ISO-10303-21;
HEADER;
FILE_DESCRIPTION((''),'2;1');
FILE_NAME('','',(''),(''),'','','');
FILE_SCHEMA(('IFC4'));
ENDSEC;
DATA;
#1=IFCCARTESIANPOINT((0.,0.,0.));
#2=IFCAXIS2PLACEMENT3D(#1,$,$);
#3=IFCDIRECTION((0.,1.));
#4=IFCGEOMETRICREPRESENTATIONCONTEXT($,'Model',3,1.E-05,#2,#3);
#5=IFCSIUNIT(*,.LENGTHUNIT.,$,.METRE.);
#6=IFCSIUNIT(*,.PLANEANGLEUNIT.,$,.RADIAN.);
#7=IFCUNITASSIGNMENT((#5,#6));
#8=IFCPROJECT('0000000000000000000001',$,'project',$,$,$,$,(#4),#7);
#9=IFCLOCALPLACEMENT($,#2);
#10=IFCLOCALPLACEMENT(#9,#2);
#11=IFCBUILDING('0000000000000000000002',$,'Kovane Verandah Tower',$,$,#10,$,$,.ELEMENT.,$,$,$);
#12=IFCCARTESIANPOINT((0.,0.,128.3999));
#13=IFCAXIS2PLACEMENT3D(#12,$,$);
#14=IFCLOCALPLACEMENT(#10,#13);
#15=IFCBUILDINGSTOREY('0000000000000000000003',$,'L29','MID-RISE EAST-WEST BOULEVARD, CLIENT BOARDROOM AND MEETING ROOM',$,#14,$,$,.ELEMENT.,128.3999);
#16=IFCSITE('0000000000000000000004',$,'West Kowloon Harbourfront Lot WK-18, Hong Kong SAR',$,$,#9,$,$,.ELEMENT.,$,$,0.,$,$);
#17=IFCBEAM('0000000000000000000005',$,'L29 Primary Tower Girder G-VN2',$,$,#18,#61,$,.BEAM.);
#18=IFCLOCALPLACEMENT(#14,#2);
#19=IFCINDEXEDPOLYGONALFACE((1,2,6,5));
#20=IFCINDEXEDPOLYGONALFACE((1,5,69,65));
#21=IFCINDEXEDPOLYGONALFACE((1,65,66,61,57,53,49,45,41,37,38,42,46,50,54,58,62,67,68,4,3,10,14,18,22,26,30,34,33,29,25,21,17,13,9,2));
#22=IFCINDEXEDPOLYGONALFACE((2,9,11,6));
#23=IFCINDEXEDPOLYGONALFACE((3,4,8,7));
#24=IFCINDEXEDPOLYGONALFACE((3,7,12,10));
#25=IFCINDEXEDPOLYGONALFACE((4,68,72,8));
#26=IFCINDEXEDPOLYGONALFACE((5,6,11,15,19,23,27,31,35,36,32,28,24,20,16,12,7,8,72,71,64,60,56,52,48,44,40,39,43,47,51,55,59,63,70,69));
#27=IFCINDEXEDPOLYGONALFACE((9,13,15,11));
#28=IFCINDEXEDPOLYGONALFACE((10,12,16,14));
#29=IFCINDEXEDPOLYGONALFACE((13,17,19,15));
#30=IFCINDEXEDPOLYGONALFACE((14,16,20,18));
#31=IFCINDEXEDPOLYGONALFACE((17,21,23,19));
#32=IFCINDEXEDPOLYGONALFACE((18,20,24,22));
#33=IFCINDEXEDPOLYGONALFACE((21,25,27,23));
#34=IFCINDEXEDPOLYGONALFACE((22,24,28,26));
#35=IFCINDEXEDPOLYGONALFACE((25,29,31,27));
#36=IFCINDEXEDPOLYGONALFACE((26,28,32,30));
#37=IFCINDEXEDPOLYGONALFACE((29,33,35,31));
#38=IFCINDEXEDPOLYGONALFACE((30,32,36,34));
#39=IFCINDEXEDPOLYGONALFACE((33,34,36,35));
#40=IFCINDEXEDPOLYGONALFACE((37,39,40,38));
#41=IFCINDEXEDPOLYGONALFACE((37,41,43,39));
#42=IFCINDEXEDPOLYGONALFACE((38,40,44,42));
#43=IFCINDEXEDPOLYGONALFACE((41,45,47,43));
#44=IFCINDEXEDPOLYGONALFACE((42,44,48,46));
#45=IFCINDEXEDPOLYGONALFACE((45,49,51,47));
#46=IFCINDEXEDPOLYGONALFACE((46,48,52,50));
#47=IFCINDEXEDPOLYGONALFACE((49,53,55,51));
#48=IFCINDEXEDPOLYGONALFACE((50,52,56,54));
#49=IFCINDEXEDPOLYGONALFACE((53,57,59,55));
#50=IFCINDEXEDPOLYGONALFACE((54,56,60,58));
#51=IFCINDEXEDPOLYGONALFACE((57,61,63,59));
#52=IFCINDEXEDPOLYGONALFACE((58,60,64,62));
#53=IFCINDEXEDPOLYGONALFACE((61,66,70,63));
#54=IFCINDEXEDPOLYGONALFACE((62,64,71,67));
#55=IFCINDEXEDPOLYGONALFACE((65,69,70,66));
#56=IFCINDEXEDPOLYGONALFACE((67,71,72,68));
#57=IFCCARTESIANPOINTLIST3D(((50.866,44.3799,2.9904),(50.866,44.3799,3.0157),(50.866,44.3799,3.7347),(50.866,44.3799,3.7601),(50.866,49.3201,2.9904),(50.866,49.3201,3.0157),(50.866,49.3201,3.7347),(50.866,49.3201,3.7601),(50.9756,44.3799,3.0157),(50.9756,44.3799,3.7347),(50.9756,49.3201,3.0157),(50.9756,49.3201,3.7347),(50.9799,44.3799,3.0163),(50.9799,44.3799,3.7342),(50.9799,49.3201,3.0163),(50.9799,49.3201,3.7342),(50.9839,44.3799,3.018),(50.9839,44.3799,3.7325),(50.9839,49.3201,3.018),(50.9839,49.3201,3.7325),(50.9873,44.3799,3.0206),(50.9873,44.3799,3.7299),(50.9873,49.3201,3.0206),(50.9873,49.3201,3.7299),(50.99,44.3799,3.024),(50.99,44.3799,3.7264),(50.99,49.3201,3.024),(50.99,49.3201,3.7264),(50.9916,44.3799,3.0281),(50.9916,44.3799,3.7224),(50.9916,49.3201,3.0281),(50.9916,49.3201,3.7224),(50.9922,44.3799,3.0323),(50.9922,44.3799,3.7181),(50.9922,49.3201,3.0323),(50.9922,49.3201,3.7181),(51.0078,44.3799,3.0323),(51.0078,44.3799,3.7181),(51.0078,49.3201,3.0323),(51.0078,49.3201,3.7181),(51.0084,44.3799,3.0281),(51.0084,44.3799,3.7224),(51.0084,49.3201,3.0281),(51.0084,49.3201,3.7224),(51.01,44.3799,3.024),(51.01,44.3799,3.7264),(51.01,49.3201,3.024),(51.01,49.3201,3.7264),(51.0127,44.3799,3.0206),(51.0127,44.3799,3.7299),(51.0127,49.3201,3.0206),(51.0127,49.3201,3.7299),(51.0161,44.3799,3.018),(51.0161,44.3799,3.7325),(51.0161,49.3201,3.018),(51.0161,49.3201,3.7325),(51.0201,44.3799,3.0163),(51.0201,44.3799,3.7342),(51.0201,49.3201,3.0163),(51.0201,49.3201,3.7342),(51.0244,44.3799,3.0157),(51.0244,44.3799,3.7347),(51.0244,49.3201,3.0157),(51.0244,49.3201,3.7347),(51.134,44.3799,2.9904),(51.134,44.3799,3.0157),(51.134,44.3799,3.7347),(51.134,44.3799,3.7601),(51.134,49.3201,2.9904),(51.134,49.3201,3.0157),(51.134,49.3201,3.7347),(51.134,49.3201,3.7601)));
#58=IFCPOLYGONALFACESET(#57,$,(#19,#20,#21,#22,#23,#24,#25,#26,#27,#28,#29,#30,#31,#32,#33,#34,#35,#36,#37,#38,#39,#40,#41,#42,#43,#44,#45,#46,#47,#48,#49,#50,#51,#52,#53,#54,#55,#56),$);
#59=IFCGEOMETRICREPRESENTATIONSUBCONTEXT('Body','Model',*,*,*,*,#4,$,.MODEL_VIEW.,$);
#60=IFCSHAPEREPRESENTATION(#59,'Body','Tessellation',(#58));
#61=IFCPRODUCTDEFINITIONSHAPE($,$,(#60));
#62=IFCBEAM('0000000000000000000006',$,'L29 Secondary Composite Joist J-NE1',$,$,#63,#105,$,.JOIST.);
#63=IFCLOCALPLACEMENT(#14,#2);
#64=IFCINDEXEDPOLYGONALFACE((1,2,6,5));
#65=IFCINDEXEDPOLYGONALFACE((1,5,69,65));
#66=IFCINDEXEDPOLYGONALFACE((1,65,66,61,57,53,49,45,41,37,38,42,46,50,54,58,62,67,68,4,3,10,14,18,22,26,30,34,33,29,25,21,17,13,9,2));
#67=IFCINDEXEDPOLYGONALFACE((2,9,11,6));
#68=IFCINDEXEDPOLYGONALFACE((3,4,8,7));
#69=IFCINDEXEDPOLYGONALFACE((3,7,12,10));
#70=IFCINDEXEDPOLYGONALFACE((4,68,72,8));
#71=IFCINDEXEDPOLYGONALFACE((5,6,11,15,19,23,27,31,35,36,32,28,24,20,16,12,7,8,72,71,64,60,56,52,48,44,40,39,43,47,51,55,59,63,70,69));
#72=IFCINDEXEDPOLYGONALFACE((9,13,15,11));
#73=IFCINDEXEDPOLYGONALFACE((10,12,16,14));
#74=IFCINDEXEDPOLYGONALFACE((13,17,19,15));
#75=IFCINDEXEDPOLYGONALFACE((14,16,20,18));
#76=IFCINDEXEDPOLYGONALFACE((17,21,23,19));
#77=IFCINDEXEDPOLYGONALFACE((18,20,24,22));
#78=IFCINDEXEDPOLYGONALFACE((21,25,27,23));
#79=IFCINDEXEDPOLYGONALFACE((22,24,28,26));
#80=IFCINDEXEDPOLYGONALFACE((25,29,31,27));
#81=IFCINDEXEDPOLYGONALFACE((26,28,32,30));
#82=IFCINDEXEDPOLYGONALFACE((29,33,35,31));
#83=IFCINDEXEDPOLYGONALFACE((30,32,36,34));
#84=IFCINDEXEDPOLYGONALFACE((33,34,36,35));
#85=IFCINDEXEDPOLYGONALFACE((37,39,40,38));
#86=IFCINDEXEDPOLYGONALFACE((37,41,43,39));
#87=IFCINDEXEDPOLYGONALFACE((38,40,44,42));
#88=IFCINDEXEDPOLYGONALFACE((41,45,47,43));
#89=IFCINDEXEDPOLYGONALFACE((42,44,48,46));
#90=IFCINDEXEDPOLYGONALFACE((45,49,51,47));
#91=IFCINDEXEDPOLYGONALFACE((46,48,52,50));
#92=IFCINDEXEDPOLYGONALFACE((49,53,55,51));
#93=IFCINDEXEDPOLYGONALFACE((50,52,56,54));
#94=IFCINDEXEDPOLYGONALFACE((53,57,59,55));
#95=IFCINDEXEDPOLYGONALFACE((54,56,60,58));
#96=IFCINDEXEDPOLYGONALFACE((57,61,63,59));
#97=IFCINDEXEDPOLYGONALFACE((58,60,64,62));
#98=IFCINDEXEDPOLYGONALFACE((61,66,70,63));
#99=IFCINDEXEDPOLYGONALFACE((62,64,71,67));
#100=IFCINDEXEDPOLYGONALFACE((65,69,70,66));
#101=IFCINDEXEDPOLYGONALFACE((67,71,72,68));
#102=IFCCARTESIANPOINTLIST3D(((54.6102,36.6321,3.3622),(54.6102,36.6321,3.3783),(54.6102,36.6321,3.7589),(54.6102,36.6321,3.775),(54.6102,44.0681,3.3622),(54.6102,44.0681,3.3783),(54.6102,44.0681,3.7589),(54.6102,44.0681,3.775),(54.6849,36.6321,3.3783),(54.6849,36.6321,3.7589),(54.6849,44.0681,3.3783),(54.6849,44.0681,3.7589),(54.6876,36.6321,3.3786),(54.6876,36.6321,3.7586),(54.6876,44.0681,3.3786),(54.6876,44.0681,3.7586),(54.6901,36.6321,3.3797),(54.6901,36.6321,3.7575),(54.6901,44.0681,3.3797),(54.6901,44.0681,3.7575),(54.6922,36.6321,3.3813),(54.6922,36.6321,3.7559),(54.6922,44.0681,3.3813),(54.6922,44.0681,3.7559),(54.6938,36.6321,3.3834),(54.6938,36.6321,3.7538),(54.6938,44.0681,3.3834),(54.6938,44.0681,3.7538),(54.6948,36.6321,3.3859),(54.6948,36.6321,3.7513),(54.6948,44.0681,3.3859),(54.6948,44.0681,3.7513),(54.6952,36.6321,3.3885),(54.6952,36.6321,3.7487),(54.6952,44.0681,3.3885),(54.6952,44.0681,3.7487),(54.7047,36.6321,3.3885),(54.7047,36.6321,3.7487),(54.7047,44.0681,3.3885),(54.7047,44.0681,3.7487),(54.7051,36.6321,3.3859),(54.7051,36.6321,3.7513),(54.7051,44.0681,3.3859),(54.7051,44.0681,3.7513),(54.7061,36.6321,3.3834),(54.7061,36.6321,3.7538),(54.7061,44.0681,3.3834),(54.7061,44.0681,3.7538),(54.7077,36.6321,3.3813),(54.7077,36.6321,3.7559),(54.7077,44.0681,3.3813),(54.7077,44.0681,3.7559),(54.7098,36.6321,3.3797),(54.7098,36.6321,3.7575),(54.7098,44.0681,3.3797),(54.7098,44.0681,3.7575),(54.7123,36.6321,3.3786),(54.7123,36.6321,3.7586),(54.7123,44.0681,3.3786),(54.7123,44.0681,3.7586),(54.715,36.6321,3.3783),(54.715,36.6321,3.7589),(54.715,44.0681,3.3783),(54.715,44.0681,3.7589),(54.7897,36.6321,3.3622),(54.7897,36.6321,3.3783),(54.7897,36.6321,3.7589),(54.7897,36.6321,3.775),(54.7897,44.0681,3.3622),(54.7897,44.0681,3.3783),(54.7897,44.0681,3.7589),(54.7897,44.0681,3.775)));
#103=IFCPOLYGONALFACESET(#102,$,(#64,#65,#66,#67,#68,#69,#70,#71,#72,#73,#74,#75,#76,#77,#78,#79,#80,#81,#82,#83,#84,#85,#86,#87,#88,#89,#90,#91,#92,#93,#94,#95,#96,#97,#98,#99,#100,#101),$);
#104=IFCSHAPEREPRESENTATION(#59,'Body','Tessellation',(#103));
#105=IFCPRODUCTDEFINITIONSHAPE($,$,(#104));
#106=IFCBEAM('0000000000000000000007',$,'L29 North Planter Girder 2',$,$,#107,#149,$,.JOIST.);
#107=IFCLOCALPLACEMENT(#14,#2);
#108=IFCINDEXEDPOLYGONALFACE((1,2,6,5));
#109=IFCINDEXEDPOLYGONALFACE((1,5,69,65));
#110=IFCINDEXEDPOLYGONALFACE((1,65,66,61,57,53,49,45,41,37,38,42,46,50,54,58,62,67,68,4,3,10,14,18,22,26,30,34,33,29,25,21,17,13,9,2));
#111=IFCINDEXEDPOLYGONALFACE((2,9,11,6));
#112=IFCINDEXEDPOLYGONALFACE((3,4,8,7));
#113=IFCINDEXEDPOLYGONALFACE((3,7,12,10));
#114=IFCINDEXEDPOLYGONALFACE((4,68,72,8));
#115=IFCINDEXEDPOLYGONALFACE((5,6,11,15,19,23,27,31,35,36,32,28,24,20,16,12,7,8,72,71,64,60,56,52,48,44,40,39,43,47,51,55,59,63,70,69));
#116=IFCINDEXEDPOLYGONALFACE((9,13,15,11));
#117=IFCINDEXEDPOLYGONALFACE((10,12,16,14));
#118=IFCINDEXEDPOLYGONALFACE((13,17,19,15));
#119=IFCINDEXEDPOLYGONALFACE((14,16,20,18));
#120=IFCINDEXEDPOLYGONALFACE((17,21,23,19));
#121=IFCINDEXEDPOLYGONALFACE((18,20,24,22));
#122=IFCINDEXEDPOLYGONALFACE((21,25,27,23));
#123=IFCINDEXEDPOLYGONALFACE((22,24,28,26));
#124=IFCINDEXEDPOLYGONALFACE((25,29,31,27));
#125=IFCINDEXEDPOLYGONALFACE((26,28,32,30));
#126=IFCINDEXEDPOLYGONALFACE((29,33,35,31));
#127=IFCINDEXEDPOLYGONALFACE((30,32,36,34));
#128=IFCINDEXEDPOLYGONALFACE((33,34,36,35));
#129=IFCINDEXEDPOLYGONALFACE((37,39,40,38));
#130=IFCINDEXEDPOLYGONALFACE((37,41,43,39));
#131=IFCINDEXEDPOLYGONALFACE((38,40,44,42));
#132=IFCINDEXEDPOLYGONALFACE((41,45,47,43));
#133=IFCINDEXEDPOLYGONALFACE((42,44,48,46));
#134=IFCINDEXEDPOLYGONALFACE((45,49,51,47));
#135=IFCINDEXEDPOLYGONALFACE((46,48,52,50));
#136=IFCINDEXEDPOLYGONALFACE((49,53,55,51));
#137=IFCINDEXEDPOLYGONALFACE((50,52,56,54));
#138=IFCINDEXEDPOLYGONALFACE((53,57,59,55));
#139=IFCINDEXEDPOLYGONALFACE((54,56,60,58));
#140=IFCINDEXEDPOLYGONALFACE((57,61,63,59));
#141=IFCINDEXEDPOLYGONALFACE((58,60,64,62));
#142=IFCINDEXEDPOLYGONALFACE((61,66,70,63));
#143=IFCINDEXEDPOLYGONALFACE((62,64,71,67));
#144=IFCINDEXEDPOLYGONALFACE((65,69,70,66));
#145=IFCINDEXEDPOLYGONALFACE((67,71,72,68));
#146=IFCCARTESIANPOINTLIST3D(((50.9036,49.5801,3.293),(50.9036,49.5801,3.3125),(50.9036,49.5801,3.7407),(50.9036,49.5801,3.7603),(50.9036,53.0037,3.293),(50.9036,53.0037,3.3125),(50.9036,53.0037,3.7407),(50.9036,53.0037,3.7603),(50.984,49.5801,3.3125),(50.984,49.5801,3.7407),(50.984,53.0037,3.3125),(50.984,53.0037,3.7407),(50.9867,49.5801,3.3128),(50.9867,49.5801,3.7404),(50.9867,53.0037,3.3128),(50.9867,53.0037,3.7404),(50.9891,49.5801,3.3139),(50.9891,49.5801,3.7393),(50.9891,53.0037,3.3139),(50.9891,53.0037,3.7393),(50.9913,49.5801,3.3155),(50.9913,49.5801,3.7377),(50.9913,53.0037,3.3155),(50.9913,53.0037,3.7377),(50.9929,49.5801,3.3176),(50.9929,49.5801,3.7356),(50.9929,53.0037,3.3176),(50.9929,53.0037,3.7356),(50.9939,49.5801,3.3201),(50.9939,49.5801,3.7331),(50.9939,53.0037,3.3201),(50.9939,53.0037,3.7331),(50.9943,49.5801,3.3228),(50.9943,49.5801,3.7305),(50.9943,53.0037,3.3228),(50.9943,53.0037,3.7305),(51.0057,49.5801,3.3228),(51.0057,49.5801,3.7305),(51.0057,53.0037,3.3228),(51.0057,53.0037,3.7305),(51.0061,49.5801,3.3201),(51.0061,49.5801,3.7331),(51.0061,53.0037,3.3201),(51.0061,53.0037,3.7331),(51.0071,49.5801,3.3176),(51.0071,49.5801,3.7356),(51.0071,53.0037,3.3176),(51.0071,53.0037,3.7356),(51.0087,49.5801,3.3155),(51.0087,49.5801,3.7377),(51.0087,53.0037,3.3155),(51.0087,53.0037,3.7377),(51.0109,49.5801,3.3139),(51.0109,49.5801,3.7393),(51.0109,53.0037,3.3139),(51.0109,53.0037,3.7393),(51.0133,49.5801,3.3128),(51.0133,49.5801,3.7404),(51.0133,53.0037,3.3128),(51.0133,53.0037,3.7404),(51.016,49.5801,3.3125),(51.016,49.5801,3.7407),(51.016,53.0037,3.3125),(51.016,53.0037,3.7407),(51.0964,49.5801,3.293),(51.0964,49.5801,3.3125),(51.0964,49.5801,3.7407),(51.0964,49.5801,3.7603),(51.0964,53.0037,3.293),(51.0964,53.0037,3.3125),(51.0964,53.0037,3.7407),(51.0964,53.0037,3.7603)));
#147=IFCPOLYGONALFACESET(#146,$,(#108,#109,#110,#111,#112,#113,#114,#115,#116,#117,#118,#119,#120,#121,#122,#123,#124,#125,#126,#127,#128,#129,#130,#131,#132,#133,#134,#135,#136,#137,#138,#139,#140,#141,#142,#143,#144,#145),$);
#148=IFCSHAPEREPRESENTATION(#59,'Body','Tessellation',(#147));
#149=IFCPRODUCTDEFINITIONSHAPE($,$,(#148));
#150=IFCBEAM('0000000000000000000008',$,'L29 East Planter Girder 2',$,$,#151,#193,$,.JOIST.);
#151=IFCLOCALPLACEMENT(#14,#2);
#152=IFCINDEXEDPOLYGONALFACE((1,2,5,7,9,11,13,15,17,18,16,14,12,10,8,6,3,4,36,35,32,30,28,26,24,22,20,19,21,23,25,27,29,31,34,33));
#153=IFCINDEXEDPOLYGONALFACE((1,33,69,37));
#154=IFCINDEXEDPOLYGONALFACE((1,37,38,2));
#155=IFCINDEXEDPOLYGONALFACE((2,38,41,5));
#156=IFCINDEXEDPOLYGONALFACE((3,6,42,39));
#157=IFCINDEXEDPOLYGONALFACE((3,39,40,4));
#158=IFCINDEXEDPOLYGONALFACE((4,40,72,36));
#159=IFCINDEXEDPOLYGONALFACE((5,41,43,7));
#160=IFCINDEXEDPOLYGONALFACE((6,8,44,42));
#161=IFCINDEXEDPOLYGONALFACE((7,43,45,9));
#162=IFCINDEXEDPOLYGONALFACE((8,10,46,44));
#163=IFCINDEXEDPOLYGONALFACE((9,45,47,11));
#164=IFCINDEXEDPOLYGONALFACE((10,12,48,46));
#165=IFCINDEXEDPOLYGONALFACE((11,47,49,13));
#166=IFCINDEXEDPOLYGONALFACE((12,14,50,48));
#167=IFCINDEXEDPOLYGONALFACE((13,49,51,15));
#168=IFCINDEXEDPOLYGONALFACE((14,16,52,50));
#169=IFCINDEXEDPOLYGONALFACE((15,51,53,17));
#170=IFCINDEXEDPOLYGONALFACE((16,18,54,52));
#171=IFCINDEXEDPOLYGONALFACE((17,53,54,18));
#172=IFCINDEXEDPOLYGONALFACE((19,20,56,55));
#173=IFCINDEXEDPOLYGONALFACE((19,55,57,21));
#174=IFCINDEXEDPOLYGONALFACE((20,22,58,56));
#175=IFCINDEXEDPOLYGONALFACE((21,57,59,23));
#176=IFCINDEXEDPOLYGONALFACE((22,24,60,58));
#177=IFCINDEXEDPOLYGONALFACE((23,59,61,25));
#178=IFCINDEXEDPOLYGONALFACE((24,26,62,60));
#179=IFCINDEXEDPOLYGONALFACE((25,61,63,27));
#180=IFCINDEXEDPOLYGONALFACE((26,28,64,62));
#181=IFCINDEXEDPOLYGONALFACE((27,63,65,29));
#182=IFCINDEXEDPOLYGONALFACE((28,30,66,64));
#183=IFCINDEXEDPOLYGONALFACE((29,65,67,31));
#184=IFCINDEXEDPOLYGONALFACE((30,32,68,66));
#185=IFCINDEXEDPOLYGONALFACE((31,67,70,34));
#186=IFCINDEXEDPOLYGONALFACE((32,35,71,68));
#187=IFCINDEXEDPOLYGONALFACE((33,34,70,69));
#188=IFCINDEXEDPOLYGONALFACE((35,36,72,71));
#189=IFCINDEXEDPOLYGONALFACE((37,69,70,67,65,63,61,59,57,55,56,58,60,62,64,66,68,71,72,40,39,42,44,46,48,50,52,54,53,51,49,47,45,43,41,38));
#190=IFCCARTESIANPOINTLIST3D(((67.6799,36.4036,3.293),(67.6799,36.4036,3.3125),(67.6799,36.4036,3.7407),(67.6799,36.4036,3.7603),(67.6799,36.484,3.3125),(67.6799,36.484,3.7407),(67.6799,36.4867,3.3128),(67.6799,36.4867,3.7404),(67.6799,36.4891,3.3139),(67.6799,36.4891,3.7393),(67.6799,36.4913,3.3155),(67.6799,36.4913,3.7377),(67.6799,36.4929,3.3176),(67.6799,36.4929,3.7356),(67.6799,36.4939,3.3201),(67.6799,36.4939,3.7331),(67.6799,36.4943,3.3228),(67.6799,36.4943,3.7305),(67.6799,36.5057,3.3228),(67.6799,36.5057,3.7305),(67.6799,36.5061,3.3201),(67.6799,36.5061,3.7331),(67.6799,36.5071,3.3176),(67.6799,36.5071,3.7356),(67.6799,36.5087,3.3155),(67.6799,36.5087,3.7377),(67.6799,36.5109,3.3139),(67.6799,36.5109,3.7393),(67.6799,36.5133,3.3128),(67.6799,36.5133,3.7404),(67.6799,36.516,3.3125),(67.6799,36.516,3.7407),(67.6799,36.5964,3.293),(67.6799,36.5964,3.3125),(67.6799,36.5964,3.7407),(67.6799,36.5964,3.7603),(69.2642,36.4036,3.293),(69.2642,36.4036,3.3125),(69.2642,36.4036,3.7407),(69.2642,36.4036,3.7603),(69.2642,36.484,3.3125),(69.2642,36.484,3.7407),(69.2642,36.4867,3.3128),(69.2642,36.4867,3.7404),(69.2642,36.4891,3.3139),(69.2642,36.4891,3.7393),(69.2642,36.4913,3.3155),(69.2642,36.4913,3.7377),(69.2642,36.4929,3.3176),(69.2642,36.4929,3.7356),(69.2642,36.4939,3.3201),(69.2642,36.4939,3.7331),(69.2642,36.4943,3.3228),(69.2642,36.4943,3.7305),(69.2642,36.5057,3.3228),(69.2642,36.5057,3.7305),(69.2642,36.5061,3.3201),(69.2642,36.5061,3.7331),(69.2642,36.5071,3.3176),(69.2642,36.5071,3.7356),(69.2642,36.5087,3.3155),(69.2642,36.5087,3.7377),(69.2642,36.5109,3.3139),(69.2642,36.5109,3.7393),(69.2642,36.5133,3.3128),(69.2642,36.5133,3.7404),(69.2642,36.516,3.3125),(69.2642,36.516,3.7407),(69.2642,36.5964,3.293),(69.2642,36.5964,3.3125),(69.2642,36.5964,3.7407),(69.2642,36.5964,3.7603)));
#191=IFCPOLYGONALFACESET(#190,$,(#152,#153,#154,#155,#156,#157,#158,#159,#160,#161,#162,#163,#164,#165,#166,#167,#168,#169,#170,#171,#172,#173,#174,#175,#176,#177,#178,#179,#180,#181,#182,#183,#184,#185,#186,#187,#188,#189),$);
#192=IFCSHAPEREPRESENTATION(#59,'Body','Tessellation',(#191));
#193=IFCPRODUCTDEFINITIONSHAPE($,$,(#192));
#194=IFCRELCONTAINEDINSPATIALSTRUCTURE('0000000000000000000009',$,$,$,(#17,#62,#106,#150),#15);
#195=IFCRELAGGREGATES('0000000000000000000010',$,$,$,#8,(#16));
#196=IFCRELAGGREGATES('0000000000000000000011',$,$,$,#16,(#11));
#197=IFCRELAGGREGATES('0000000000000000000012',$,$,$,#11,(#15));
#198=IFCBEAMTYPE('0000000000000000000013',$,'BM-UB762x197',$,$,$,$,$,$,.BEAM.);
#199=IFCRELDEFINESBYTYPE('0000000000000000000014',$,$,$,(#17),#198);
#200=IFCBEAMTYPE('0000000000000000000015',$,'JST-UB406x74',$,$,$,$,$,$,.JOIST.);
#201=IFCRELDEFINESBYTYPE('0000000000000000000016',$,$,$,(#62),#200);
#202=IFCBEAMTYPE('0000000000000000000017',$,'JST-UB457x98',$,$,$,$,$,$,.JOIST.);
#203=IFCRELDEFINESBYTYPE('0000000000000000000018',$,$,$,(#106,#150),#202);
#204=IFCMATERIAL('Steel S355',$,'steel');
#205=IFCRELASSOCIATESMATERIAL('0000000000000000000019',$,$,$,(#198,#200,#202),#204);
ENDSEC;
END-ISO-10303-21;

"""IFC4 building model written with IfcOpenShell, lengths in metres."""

from ifc_helpers import new_model, si_unit, direction, frame, origin, origin_2d, place, context, subcontext, project, spatial, i_section, extrude, material, material_profile, profile_set, type_object, element, save


model = new_model("IFC4")

# Units and contexts
model_context = context("Model", 3, precision=1e-05, world=origin(), true_north=direction((0.0, 1.0)))
body_context = subcontext(model_context, "Body", "Model", "MODEL_VIEW")
ifc_project = project(units=[si_unit("LENGTHUNIT", "METRE"), si_unit("PLANEANGLEUNIT", "RADIAN")], contexts=[model_context])

# Site, building, storey
site_placement = place(None, origin())
site = spatial("IfcSite", under=ifc_project, at=site_placement, Name="West Kowloon Harbourfront Lot WK-18, Hong Kong SAR", CompositionType="ELEMENT", RefElevation=0.0)
building_placement = place(site_placement, origin())
building = spatial("IfcBuilding", under=site, at=building_placement, Name="Kovane Verandah Tower", CompositionType="ELEMENT")
storey_placement = place(building_placement, frame((0.0, 0.0, 128.3999)))
storey = spatial("IfcBuildingStorey", under=building, at=storey_placement, Name="L29", Description="MID-RISE EAST-WEST BOULEVARD, CLIENT BOARDROOM AND MEETING ROOM", CompositionType="ELEMENT", Elevation=128.3999)

# Beams
ifc_material_1 = material(Name="Steel S355", Category="steel")
ifc_material_profile_1 = material_profile(ifc_material_1, i_section(OverallWidth=0.2681, OverallDepth=0.7698, WebThickness=0.0156, FlangeThickness=0.0254, FilletRadius=0.0166, at=origin_2d()), Name="UB762x267x197")
ifc_profile_set_1 = profile_set([ifc_material_profile_1], Name="Steel S355")
beam_type_1 = type_object("IfcBeamType", Name="BM-UB762x197", PredefinedType="BEAM", material=ifc_profile_set_1)
beam_1_placement = place(storey_placement, frame((51.0, 44.3799, 3.3752), z_axis=(0.0, 1.0, 0.0), x_axis=(-1.0, 0.0, 0.0)))
element("IfcBeam", 1, at=beam_1_placement, inside=storey, type_object=beam_type_1, Name="L29 Primary Tower Girder G-VN2", PredefinedType="BEAM", context=body_context, shape_type="SweptSolid", body=[
    extrude(i_section(OverallWidth=0.2681, OverallDepth=0.7698, WebThickness=0.0156, FlangeThickness=0.0254, FilletRadius=0.0166, at=origin_2d()), origin(), (0.0, 0.0, 1.0), 4.9402),
])
ifc_material_profile_2 = material_profile(ifc_material_1, i_section(OverallWidth=0.1794, OverallDepth=0.4128, WebThickness=0.0095, FlangeThickness=0.0161, FilletRadius=0.0103, at=origin_2d()), Name="UB406x178x74")
ifc_profile_set_2 = profile_set([ifc_material_profile_2], Name="Steel S355")
beam_type_2 = type_object("IfcBeamType", Name="JST-UB406x74", PredefinedType="JOIST", material=ifc_profile_set_2)
beam_2_placement = place(storey_placement, frame((54.7, 36.6321, 3.5686), z_axis=(0.0, 1.0, 0.0), x_axis=(-1.0, 0.0, 0.0)))
element("IfcBeam", 2, at=beam_2_placement, inside=storey, type_object=beam_type_2, Name="L29 Secondary Composite Joist J-NE1", PredefinedType="JOIST", context=body_context, shape_type="SweptSolid", body=[
    extrude(i_section(OverallWidth=0.1794, OverallDepth=0.4128, WebThickness=0.0095, FlangeThickness=0.0161, FilletRadius=0.0103, at=origin_2d()), origin(), (0.0, 0.0, 1.0), 7.436),
])
ifc_material_profile_3 = material_profile(ifc_material_1, i_section(OverallWidth=0.1929, OverallDepth=0.4673, WebThickness=0.0115, FlangeThickness=0.0195, FilletRadius=0.0103, at=origin_2d()), Name="UB457x191x98")
ifc_profile_set_3 = profile_set([ifc_material_profile_3], Name="Steel S355")
beam_type_3 = type_object("IfcBeamType", Name="JST-UB457x98", PredefinedType="JOIST", material=ifc_profile_set_3)
beam_3_placement = place(storey_placement, frame((51.0, 49.5801, 3.5266), z_axis=(0.0, 1.0, 0.0), x_axis=(-1.0, 0.0, 0.0)))
element("IfcBeam", 3, at=beam_3_placement, inside=storey, type_object=beam_type_3, Name="L29 North Planter Girder 2", PredefinedType="JOIST", context=body_context, shape_type="SweptSolid", body=[
    extrude(i_section(OverallWidth=0.1929, OverallDepth=0.4673, WebThickness=0.0115, FlangeThickness=0.0195, FilletRadius=0.0103, at=origin_2d()), origin(), (0.0, 0.0, 1.0), 3.4236),
])
beam_4_placement = place(storey_placement, frame((67.6799, 36.5, 3.5266), z_axis=(1.0, 0.0, 0.0), x_axis=(0.0, 1.0, 0.0)))
element("IfcBeam", 4, at=beam_4_placement, inside=storey, type_object=beam_type_3, Name="L29 East Planter Girder 2", PredefinedType="JOIST", context=body_context, shape_type="SweptSolid", body=[
    extrude(i_section(OverallWidth=0.1929, OverallDepth=0.4673, WebThickness=0.0115, FlangeThickness=0.0195, FilletRadius=0.0103, at=origin_2d()), origin(), (0.0, 0.0, 1.0), 1.5842),
])

save(model, "model.ifc")
